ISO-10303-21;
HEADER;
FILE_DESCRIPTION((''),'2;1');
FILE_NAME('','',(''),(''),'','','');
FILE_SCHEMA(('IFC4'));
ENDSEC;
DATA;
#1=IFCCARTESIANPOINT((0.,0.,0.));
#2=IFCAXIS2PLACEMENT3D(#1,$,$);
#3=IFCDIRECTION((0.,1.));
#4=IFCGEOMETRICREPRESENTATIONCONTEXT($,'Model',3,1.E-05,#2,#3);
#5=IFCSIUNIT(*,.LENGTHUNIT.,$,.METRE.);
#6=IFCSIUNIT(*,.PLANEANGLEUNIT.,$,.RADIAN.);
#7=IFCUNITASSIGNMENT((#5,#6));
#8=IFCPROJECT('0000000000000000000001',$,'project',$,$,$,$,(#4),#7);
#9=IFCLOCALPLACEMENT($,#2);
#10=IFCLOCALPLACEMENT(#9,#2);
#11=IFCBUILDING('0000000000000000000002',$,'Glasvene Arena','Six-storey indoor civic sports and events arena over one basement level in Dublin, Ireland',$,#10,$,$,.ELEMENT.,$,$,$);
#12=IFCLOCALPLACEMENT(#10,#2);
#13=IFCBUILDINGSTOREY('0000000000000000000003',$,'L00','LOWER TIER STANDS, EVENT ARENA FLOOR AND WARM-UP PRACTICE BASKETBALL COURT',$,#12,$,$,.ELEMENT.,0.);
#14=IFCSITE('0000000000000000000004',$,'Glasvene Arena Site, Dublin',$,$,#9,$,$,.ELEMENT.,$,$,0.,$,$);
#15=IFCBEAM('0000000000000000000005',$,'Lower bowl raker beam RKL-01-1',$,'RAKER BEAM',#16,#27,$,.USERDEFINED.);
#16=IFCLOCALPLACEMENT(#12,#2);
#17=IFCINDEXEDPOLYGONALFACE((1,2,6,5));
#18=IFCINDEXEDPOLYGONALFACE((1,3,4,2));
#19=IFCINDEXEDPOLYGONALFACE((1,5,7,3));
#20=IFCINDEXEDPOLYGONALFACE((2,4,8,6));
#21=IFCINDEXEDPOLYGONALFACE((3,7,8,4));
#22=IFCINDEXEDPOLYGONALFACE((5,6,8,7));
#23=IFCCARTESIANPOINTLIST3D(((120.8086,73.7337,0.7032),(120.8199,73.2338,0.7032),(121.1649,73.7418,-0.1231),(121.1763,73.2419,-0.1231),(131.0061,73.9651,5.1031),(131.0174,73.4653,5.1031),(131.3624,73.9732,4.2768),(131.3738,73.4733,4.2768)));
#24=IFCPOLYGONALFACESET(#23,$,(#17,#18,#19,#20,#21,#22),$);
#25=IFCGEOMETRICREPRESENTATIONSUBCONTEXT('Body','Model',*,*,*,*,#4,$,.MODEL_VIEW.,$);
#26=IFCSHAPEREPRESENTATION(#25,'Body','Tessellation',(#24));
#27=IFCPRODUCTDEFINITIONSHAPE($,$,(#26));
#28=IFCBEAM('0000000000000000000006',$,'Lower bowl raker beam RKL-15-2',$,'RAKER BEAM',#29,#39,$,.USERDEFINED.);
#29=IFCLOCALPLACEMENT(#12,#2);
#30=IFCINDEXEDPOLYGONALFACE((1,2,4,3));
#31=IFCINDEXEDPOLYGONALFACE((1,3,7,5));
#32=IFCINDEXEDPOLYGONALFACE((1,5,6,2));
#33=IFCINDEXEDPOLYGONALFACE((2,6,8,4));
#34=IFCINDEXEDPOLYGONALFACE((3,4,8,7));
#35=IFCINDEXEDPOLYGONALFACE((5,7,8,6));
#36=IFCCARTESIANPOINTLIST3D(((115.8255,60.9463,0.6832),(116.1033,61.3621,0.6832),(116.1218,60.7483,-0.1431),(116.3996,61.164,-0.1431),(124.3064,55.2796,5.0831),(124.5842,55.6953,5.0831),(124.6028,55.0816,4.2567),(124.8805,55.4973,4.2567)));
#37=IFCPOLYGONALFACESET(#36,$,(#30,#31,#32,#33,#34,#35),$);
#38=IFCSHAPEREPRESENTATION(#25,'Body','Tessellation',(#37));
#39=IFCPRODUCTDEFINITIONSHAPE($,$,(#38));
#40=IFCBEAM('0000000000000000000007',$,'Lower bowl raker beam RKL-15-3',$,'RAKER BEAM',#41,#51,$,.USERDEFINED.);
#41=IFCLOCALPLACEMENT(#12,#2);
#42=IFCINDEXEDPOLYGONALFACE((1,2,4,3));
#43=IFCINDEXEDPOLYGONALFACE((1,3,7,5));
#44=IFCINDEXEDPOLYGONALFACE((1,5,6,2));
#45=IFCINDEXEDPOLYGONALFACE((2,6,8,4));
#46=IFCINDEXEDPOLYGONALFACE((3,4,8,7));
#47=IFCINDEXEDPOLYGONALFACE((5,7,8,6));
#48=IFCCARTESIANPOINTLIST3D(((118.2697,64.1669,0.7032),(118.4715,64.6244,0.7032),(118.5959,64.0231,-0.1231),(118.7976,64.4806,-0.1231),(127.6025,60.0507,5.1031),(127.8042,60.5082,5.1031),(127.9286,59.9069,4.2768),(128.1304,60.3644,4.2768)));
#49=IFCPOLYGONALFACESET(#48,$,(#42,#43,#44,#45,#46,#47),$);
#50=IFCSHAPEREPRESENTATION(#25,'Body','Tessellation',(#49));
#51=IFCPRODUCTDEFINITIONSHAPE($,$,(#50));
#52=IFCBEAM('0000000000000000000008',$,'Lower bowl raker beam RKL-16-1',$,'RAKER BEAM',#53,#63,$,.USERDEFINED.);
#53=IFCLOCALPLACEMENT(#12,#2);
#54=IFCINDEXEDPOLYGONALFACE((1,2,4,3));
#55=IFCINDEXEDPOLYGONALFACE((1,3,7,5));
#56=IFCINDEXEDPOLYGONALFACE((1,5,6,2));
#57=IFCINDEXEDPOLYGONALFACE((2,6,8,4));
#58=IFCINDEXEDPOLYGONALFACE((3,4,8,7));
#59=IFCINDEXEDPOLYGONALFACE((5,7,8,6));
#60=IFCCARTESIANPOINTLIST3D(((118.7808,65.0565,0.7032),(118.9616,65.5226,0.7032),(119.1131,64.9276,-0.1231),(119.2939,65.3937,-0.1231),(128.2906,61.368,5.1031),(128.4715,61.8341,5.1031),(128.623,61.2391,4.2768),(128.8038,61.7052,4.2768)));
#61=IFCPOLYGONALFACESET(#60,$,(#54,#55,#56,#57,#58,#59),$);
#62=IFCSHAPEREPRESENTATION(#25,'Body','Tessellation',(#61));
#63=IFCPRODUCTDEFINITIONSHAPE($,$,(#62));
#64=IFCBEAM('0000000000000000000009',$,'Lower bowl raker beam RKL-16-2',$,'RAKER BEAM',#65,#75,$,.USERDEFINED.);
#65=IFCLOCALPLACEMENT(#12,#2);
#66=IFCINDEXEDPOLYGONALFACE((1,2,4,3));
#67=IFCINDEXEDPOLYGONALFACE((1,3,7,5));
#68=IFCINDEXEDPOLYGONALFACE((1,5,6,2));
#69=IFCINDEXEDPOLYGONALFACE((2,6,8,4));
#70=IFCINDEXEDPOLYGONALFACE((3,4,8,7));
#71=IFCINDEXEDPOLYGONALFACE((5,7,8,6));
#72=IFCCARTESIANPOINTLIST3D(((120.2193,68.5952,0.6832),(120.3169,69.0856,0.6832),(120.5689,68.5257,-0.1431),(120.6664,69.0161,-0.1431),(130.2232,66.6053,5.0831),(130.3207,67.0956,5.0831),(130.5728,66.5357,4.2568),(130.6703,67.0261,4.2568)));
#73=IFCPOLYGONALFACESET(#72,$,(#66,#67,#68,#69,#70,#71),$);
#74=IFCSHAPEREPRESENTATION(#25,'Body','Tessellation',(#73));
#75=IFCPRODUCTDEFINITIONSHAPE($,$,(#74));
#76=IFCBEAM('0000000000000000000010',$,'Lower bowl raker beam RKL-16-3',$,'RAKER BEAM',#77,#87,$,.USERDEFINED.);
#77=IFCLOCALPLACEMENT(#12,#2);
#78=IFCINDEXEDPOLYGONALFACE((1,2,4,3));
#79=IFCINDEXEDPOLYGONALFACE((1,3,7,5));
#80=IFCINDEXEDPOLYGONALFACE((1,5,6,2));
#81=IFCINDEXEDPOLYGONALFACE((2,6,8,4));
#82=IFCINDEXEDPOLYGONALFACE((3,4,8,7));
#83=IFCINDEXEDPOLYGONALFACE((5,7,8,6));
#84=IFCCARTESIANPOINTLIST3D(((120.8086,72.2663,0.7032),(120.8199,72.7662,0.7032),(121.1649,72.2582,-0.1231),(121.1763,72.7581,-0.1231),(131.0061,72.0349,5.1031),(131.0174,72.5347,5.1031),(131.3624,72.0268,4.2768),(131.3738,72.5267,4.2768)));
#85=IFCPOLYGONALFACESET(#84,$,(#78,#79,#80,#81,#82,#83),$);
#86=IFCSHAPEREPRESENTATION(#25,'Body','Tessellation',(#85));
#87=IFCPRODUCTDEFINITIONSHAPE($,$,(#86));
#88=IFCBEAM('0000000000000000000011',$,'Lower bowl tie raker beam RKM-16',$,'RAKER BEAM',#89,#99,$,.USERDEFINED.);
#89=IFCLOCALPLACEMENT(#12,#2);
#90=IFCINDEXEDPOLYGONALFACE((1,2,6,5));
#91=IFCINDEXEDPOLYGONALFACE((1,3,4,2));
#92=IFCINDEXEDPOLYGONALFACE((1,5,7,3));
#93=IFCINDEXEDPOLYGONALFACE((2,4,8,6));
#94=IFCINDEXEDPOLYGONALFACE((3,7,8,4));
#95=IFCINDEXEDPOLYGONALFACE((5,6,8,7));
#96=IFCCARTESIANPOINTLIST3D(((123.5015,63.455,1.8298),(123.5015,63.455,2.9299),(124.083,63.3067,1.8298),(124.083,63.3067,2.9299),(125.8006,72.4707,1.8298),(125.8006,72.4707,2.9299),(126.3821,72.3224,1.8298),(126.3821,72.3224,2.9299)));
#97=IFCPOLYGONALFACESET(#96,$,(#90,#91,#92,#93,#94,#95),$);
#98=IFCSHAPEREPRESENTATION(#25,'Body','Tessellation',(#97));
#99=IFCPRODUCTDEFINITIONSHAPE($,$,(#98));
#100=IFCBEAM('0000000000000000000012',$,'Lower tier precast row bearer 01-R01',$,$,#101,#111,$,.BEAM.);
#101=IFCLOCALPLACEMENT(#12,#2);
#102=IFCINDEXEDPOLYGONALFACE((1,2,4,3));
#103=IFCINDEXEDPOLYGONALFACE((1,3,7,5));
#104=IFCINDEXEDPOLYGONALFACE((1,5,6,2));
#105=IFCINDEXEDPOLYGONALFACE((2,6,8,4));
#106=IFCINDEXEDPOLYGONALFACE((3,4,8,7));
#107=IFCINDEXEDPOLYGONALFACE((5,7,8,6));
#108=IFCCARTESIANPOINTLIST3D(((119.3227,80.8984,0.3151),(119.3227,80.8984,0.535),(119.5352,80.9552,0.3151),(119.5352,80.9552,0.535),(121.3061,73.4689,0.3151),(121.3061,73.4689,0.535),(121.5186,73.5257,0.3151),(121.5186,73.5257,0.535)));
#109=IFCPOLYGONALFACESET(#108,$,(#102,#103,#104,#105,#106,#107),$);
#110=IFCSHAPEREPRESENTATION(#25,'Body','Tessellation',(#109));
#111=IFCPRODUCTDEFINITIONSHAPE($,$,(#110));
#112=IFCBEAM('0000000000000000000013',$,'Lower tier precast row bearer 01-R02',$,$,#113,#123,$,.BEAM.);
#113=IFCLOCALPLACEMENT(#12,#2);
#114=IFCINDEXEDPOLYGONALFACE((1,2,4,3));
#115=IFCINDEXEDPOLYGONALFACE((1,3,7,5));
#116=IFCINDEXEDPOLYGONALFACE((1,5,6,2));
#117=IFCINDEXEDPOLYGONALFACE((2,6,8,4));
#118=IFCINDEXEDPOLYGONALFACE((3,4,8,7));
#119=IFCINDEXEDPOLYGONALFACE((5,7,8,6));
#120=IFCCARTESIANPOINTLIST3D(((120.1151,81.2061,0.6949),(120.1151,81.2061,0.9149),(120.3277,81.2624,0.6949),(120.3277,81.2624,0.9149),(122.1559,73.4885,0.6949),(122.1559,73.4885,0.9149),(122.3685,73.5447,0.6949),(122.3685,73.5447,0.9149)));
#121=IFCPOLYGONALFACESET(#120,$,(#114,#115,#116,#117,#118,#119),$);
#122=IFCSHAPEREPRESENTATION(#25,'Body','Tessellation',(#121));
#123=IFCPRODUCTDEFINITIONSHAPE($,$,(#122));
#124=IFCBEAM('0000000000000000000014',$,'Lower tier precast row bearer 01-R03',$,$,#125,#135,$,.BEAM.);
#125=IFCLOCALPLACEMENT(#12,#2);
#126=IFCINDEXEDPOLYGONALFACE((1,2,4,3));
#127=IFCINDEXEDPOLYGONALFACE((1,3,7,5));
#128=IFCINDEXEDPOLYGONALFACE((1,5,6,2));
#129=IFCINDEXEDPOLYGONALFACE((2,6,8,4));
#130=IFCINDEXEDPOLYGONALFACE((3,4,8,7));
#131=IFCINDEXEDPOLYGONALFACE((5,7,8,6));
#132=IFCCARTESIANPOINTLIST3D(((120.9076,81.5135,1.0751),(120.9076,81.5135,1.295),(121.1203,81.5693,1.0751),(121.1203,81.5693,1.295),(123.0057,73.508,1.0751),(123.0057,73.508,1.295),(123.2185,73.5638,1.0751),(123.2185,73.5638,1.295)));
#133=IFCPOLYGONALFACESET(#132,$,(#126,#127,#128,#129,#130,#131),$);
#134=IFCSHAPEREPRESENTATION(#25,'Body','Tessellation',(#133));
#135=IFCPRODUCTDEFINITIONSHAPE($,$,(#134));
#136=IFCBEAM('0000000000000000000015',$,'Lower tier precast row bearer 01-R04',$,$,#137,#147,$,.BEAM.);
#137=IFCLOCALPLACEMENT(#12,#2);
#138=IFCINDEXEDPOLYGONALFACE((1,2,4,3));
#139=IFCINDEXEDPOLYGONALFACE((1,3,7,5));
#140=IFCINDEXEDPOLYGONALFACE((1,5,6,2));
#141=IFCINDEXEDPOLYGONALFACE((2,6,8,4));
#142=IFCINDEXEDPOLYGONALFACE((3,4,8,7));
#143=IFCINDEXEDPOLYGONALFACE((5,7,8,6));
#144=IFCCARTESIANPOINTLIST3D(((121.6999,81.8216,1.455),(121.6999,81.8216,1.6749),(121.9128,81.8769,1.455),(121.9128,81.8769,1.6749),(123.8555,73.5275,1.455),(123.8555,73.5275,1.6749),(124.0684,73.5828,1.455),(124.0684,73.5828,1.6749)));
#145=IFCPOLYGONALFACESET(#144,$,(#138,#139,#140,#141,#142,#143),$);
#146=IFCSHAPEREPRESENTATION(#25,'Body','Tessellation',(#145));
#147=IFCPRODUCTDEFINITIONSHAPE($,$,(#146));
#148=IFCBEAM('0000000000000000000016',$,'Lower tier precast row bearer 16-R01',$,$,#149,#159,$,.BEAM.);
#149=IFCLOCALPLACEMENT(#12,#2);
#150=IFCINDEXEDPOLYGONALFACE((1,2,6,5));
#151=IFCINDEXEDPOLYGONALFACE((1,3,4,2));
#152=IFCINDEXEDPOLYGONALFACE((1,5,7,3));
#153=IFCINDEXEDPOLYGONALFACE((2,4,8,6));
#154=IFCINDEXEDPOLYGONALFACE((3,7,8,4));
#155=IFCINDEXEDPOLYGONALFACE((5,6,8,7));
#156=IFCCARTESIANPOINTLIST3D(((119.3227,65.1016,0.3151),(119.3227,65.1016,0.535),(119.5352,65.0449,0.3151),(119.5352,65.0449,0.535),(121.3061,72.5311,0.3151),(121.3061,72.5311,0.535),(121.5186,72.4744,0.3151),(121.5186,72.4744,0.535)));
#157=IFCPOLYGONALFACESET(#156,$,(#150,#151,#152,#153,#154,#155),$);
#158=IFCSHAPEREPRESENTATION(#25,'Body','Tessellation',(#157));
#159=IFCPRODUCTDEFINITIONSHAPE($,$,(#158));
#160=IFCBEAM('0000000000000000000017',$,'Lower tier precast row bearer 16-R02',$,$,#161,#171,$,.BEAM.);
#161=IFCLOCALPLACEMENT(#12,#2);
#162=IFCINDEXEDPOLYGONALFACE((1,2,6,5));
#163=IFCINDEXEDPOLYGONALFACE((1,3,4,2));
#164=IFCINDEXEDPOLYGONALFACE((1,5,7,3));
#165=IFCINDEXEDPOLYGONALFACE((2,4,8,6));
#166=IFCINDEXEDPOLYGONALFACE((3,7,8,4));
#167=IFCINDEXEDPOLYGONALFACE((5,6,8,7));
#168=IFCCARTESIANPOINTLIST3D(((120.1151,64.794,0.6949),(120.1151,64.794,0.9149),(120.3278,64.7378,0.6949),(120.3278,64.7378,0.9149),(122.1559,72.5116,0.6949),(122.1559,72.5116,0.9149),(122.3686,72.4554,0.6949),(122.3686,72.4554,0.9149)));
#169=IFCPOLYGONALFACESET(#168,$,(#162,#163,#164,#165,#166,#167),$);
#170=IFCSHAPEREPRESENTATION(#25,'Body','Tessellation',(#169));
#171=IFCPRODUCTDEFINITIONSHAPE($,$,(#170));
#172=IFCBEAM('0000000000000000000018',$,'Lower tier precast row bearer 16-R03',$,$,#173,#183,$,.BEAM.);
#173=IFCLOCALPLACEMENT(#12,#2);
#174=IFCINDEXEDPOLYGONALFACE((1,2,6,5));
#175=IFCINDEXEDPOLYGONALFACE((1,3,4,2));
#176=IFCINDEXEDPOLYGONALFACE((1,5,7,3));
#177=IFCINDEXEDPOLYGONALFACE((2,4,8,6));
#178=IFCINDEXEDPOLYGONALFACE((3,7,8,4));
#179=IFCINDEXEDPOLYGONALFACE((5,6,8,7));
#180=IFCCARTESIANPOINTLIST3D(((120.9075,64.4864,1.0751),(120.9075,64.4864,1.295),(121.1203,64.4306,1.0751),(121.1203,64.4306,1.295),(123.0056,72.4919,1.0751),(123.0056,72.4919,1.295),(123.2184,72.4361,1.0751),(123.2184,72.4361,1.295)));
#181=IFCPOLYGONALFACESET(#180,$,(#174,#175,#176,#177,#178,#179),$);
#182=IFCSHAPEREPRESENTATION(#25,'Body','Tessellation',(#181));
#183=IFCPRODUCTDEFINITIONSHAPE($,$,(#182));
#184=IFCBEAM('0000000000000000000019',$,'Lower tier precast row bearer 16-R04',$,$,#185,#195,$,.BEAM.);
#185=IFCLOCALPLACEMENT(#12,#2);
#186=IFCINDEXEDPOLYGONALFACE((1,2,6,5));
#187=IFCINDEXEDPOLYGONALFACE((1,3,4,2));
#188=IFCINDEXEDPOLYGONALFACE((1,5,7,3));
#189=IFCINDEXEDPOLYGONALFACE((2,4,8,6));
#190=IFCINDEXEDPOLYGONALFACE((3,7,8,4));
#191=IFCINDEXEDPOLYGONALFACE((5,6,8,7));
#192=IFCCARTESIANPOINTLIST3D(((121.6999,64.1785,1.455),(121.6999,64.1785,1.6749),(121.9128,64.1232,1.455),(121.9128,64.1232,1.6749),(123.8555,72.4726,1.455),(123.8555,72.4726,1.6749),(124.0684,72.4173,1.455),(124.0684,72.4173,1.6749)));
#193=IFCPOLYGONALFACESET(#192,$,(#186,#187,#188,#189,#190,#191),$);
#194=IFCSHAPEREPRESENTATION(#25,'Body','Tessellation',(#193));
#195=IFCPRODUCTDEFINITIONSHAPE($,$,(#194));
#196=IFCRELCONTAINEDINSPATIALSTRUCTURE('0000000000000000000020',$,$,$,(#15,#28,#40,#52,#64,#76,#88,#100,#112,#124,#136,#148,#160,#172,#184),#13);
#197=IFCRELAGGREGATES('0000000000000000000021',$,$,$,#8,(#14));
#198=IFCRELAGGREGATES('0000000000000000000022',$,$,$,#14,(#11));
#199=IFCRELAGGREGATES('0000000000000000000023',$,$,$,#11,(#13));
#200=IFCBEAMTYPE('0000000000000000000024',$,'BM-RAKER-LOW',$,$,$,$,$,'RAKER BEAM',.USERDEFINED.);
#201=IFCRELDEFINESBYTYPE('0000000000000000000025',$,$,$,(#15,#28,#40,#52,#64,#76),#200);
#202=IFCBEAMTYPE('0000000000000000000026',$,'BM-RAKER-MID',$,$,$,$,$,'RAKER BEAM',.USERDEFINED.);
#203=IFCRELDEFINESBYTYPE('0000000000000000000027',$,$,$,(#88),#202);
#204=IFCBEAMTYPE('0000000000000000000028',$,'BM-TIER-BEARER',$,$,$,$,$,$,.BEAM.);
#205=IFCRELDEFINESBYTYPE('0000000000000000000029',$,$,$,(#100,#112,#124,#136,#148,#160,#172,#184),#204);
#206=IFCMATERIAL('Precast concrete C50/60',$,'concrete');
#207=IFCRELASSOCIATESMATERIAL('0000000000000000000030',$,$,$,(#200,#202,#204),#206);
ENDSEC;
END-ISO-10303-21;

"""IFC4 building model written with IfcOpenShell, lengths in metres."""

from ifc_helpers import new_model, si_unit, direction, frame, origin, origin_2d, place, context, subcontext, project, spatial, rectangle, extrude, material, material_profile, profile_set, type_object, element, save


model = new_model("IFC4")

# Units and contexts
model_context = context("Model", 3, precision=1e-05, world=origin(), true_north=direction((0.0, 1.0)))
body_context = subcontext(model_context, "Body", "Model", "MODEL_VIEW")
ifc_project = project(units=[si_unit("LENGTHUNIT", "METRE"), si_unit("PLANEANGLEUNIT", "RADIAN")], contexts=[model_context])

# Site, building, storey
site_placement = place(None, origin())
site = spatial("IfcSite", under=ifc_project, at=site_placement, Name="Glasvene Arena Site, Dublin", CompositionType="ELEMENT", RefElevation=0.0)
building_placement = place(site_placement, origin())
building = spatial("IfcBuilding", under=site, at=building_placement, Name="Glasvene Arena", Description="Six-storey indoor civic sports and events arena over one basement level in Dublin, Ireland", CompositionType="ELEMENT")
storey_placement = place(building_placement, origin())
storey = spatial("IfcBuildingStorey", under=building, at=storey_placement, Name="L00", Description="LOWER TIER STANDS, EVENT ARENA FLOOR AND WARM-UP PRACTICE BASKETBALL COURT", CompositionType="ELEMENT", Elevation=0.0)

# Beams
ifc_material_1 = material(Name="Precast concrete C50/60", Category="concrete")
ifc_material_profile_1 = material_profile(ifc_material_1, rectangle(XDim=0.5, YDim=0.8999, at=origin_2d()), Name="RC 500x900")
ifc_profile_set_1 = profile_set([ifc_material_profile_1], Name="Precast concrete C50/60")
beam_type_1 = type_object("IfcBeamType", Name="BM-RAKER-LOW", ElementType="RAKER BEAM", PredefinedType="USERDEFINED", material=ifc_profile_set_1)
beam_1_placement = place(storey_placement, frame((120.9924, 73.4878, 0.29), z_axis=(0.91798, 0.020835, 0.396079), x_axis=(-0.02269, 0.999743, 0.0)))
element("IfcBeam", 1, at=beam_1_placement, inside=storey, type_object=beam_type_1, Name="Lower bowl raker beam RKL-01-1", ObjectType="RAKER BEAM", PredefinedType="USERDEFINED", context=body_context, shape_type="SweptSolid", body=[
    extrude(rectangle(XDim=0.5, YDim=0.8999, at=origin_2d()), origin(), (0.0, 0.0, 1.0), 11.1086),
])
beam_2_placement = place(storey_placement, frame((116.1125, 61.0552, 0.27), z_axis=(0.763469, -0.510129, 0.396086), x_axis=(0.555567, 0.831472, 0.0)))
element("IfcBeam", 2, at=beam_2_placement, inside=storey, type_object=beam_type_1, Name="Lower bowl raker beam RKL-15-2", ObjectType="RAKER BEAM", PredefinedType="USERDEFINED", context=body_context, shape_type="SweptSolid", body=[
    extrude(rectangle(XDim=0.5, YDim=0.8999, at=origin_2d()), origin(), (0.0, 0.0, 1.0), 11.1084),
])
for number, where, z_axis, x_axis, name in (
    (3, (118.5337, 64.3237, 0.29), (0.840132, -0.37054, 0.396078), (0.403543, 0.914961, 0.0), "Lower bowl raker beam RKL-15-3"),
    (4, (119.0374, 65.2251, 0.29), (0.856077, -0.33204, 0.396083), (0.361614, 0.932328, 0.0), "Lower bowl raker beam RKL-16-1"),
):
    element("IfcBeam", number, at=place(storey_placement, frame(where, z_axis=z_axis, x_axis=x_axis)), inside=storey, type_object=beam_type_1, Name=name, ObjectType="RAKER BEAM", PredefinedType="USERDEFINED", context=body_context, shape_type="SweptSolid", body=[
        extrude(rectangle(XDim=0.5, YDim=0.8999, at=origin_2d()), origin(), (0.0, 0.0, 1.0), 11.1086),
    ])
beam_3_placement = place(storey_placement, frame((120.4429, 68.8057, 0.27), z_axis=(0.900568, -0.179142, 0.396087), x_axis=(0.195099, 0.980784, 0.0)))
element("IfcBeam", 5, at=beam_3_placement, inside=storey, type_object=beam_type_1, Name="Lower bowl raker beam RKL-16-2", ObjectType="RAKER BEAM", PredefinedType="USERDEFINED", context=body_context, shape_type="SweptSolid", body=[
    extrude(rectangle(XDim=0.5, YDim=0.8999, at=origin_2d()), origin(), (0.0, 0.0, 1.0), 11.1084),
])
beam_4_placement = place(storey_placement, frame((120.9924, 72.5122, 0.29), z_axis=(0.91798, -0.020835, 0.396079), x_axis=(0.02269, 0.999743, 0.0)))
element("IfcBeam", 6, at=beam_4_placement, inside=storey, type_object=beam_type_1, Name="Lower bowl raker beam RKL-16-3", ObjectType="RAKER BEAM", PredefinedType="USERDEFINED", context=body_context, shape_type="SweptSolid", body=[
    extrude(rectangle(XDim=0.5, YDim=0.8999, at=origin_2d()), origin(), (0.0, 0.0, 1.0), 11.1086),
])
ifc_material_profile_2 = material_profile(ifc_material_1, rectangle(XDim=0.6001, YDim=1.1001, at=origin_2d()), Name="RC 600x1100")
ifc_profile_set_2 = profile_set([ifc_material_profile_2], Name="Precast concrete C50/60")
beam_type_2 = type_object("IfcBeamType", Name="BM-RAKER-MID", ElementType="RAKER BEAM", PredefinedType="USERDEFINED", material=ifc_profile_set_2)
beam_5_placement = place(storey_placement, frame((123.7922, 63.3809, 2.3799), z_axis=(0.247102, 0.96899, 0.0), x_axis=(-0.96899, 0.247102, 0.0)))
element("IfcBeam", 7, at=beam_5_placement, inside=storey, type_object=beam_type_2, Name="Lower bowl tie raker beam RKM-16", ObjectType="RAKER BEAM", PredefinedType="USERDEFINED", context=body_context, shape_type="SweptSolid", body=[
    extrude(rectangle(XDim=0.6001, YDim=1.1001, at=origin_2d()), origin(), (0.0, 0.0, 1.0), 9.3042),
])
ifc_material_profile_3 = material_profile(ifc_material_1, rectangle(XDim=0.22, YDim=0.22, at=origin_2d()), Name="RC 220x220")
ifc_profile_set_3 = profile_set([ifc_material_profile_3], Name="Precast concrete C50/60")
beam_type_3 = type_object("IfcBeamType", Name="BM-TIER-BEARER", PredefinedType="BEAM", material=ifc_profile_set_3)
beam_6_placement = place(storey_placement, frame((121.4124, 73.4973, 0.425), z_axis=(-0.257931, 0.966163, 0.0), x_axis=(-0.966163, -0.257931, 0.0)))
element("IfcBeam", 8, at=beam_6_placement, inside=storey, type_object=beam_type_3, Name="Lower tier precast row bearer 01-R01", PredefinedType="BEAM", context=body_context, shape_type="SweptSolid", body=[
    extrude(rectangle(XDim=0.22, YDim=0.22, at=origin_2d()), origin(), (0.0, 0.0, 1.0), 7.6897),
])
beam_7_placement = place(storey_placement, frame((122.2622, 73.5166, 0.8049), z_axis=(-0.255646, 0.96677, 0.0), x_axis=(-0.96677, -0.255646, 0.0)))
element("IfcBeam", 9, at=beam_7_placement, inside=storey, type_object=beam_type_3, Name="Lower tier precast row bearer 01-R02", PredefinedType="BEAM", context=body_context, shape_type="SweptSolid", body=[
    extrude(rectangle(XDim=0.22, YDim=0.22, at=origin_2d()), origin(), (0.0, 0.0, 1.0), 7.9829),
])
beam_8_placement = place(storey_placement, frame((123.1121, 73.5359, 1.1851), z_axis=(-0.253522, 0.96733, 0.0), x_axis=(-0.96733, -0.253522, 0.0)))
element("IfcBeam", 10, at=beam_8_placement, inside=storey, type_object=beam_type_3, Name="Lower tier precast row bearer 01-R03", PredefinedType="BEAM", context=body_context, shape_type="SweptSolid", body=[
    extrude(rectangle(XDim=0.22, YDim=0.22, at=origin_2d()), origin(), (0.0, 0.0, 1.0), 8.2759),
])
beam_9_placement = place(storey_placement, frame((123.9619, 73.5552, 1.5649), z_axis=(-0.251535, 0.967848, 0.0), x_axis=(-0.967848, -0.251535, 0.0)))
element("IfcBeam", 11, at=beam_9_placement, inside=storey, type_object=beam_type_3, Name="Lower tier precast row bearer 01-R04", PredefinedType="BEAM", context=body_context, shape_type="SweptSolid", body=[
    extrude(rectangle(XDim=0.22, YDim=0.22, at=origin_2d()), origin(), (0.0, 0.0, 1.0), 8.5696),
])
beam_10_placement = place(storey_placement, frame((119.429, 65.0732, 0.425), z_axis=(0.257931, 0.966163, 0.0), x_axis=(-0.966163, 0.257931, 0.0)))
element("IfcBeam", 12, at=beam_10_placement, inside=storey, type_object=beam_type_3, Name="Lower tier precast row bearer 16-R01", PredefinedType="BEAM", context=body_context, shape_type="SweptSolid", body=[
    extrude(rectangle(XDim=0.22, YDim=0.22, at=origin_2d()), origin(), (0.0, 0.0, 1.0), 7.6897),
])
beam_11_placement = place(storey_placement, frame((120.2214, 64.7659, 0.8049), z_axis=(0.255646, 0.96677, 0.0), x_axis=(-0.96677, 0.255646, 0.0)))
element("IfcBeam", 13, at=beam_11_placement, inside=storey, type_object=beam_type_3, Name="Lower tier precast row bearer 16-R02", PredefinedType="BEAM", context=body_context, shape_type="SweptSolid", body=[
    extrude(rectangle(XDim=0.22, YDim=0.22, at=origin_2d()), origin(), (0.0, 0.0, 1.0), 7.9829),
])
beam_12_placement = place(storey_placement, frame((121.0139, 64.4585, 1.1851), z_axis=(0.253522, 0.96733, 0.0), x_axis=(-0.96733, 0.253522, 0.0)))
element("IfcBeam", 14, at=beam_12_placement, inside=storey, type_object=beam_type_3, Name="Lower tier precast row bearer 16-R03", PredefinedType="BEAM", context=body_context, shape_type="SweptSolid", body=[
    extrude(rectangle(XDim=0.22, YDim=0.22, at=origin_2d()), origin(), (0.0, 0.0, 1.0), 8.2759),
])
beam_13_placement = place(storey_placement, frame((121.8064, 64.1509, 1.5649), z_axis=(0.251535, 0.967848, 0.0), x_axis=(-0.967848, 0.251535, 0.0)))
element("IfcBeam", 15, at=beam_13_placement, inside=storey, type_object=beam_type_3, Name="Lower tier precast row bearer 16-R04", PredefinedType="BEAM", context=body_context, shape_type="SweptSolid", body=[
    extrude(rectangle(XDim=0.22, YDim=0.22, at=origin_2d()), origin(), (0.0, 0.0, 1.0), 8.5696),
])

save(model, "model.ifc")
